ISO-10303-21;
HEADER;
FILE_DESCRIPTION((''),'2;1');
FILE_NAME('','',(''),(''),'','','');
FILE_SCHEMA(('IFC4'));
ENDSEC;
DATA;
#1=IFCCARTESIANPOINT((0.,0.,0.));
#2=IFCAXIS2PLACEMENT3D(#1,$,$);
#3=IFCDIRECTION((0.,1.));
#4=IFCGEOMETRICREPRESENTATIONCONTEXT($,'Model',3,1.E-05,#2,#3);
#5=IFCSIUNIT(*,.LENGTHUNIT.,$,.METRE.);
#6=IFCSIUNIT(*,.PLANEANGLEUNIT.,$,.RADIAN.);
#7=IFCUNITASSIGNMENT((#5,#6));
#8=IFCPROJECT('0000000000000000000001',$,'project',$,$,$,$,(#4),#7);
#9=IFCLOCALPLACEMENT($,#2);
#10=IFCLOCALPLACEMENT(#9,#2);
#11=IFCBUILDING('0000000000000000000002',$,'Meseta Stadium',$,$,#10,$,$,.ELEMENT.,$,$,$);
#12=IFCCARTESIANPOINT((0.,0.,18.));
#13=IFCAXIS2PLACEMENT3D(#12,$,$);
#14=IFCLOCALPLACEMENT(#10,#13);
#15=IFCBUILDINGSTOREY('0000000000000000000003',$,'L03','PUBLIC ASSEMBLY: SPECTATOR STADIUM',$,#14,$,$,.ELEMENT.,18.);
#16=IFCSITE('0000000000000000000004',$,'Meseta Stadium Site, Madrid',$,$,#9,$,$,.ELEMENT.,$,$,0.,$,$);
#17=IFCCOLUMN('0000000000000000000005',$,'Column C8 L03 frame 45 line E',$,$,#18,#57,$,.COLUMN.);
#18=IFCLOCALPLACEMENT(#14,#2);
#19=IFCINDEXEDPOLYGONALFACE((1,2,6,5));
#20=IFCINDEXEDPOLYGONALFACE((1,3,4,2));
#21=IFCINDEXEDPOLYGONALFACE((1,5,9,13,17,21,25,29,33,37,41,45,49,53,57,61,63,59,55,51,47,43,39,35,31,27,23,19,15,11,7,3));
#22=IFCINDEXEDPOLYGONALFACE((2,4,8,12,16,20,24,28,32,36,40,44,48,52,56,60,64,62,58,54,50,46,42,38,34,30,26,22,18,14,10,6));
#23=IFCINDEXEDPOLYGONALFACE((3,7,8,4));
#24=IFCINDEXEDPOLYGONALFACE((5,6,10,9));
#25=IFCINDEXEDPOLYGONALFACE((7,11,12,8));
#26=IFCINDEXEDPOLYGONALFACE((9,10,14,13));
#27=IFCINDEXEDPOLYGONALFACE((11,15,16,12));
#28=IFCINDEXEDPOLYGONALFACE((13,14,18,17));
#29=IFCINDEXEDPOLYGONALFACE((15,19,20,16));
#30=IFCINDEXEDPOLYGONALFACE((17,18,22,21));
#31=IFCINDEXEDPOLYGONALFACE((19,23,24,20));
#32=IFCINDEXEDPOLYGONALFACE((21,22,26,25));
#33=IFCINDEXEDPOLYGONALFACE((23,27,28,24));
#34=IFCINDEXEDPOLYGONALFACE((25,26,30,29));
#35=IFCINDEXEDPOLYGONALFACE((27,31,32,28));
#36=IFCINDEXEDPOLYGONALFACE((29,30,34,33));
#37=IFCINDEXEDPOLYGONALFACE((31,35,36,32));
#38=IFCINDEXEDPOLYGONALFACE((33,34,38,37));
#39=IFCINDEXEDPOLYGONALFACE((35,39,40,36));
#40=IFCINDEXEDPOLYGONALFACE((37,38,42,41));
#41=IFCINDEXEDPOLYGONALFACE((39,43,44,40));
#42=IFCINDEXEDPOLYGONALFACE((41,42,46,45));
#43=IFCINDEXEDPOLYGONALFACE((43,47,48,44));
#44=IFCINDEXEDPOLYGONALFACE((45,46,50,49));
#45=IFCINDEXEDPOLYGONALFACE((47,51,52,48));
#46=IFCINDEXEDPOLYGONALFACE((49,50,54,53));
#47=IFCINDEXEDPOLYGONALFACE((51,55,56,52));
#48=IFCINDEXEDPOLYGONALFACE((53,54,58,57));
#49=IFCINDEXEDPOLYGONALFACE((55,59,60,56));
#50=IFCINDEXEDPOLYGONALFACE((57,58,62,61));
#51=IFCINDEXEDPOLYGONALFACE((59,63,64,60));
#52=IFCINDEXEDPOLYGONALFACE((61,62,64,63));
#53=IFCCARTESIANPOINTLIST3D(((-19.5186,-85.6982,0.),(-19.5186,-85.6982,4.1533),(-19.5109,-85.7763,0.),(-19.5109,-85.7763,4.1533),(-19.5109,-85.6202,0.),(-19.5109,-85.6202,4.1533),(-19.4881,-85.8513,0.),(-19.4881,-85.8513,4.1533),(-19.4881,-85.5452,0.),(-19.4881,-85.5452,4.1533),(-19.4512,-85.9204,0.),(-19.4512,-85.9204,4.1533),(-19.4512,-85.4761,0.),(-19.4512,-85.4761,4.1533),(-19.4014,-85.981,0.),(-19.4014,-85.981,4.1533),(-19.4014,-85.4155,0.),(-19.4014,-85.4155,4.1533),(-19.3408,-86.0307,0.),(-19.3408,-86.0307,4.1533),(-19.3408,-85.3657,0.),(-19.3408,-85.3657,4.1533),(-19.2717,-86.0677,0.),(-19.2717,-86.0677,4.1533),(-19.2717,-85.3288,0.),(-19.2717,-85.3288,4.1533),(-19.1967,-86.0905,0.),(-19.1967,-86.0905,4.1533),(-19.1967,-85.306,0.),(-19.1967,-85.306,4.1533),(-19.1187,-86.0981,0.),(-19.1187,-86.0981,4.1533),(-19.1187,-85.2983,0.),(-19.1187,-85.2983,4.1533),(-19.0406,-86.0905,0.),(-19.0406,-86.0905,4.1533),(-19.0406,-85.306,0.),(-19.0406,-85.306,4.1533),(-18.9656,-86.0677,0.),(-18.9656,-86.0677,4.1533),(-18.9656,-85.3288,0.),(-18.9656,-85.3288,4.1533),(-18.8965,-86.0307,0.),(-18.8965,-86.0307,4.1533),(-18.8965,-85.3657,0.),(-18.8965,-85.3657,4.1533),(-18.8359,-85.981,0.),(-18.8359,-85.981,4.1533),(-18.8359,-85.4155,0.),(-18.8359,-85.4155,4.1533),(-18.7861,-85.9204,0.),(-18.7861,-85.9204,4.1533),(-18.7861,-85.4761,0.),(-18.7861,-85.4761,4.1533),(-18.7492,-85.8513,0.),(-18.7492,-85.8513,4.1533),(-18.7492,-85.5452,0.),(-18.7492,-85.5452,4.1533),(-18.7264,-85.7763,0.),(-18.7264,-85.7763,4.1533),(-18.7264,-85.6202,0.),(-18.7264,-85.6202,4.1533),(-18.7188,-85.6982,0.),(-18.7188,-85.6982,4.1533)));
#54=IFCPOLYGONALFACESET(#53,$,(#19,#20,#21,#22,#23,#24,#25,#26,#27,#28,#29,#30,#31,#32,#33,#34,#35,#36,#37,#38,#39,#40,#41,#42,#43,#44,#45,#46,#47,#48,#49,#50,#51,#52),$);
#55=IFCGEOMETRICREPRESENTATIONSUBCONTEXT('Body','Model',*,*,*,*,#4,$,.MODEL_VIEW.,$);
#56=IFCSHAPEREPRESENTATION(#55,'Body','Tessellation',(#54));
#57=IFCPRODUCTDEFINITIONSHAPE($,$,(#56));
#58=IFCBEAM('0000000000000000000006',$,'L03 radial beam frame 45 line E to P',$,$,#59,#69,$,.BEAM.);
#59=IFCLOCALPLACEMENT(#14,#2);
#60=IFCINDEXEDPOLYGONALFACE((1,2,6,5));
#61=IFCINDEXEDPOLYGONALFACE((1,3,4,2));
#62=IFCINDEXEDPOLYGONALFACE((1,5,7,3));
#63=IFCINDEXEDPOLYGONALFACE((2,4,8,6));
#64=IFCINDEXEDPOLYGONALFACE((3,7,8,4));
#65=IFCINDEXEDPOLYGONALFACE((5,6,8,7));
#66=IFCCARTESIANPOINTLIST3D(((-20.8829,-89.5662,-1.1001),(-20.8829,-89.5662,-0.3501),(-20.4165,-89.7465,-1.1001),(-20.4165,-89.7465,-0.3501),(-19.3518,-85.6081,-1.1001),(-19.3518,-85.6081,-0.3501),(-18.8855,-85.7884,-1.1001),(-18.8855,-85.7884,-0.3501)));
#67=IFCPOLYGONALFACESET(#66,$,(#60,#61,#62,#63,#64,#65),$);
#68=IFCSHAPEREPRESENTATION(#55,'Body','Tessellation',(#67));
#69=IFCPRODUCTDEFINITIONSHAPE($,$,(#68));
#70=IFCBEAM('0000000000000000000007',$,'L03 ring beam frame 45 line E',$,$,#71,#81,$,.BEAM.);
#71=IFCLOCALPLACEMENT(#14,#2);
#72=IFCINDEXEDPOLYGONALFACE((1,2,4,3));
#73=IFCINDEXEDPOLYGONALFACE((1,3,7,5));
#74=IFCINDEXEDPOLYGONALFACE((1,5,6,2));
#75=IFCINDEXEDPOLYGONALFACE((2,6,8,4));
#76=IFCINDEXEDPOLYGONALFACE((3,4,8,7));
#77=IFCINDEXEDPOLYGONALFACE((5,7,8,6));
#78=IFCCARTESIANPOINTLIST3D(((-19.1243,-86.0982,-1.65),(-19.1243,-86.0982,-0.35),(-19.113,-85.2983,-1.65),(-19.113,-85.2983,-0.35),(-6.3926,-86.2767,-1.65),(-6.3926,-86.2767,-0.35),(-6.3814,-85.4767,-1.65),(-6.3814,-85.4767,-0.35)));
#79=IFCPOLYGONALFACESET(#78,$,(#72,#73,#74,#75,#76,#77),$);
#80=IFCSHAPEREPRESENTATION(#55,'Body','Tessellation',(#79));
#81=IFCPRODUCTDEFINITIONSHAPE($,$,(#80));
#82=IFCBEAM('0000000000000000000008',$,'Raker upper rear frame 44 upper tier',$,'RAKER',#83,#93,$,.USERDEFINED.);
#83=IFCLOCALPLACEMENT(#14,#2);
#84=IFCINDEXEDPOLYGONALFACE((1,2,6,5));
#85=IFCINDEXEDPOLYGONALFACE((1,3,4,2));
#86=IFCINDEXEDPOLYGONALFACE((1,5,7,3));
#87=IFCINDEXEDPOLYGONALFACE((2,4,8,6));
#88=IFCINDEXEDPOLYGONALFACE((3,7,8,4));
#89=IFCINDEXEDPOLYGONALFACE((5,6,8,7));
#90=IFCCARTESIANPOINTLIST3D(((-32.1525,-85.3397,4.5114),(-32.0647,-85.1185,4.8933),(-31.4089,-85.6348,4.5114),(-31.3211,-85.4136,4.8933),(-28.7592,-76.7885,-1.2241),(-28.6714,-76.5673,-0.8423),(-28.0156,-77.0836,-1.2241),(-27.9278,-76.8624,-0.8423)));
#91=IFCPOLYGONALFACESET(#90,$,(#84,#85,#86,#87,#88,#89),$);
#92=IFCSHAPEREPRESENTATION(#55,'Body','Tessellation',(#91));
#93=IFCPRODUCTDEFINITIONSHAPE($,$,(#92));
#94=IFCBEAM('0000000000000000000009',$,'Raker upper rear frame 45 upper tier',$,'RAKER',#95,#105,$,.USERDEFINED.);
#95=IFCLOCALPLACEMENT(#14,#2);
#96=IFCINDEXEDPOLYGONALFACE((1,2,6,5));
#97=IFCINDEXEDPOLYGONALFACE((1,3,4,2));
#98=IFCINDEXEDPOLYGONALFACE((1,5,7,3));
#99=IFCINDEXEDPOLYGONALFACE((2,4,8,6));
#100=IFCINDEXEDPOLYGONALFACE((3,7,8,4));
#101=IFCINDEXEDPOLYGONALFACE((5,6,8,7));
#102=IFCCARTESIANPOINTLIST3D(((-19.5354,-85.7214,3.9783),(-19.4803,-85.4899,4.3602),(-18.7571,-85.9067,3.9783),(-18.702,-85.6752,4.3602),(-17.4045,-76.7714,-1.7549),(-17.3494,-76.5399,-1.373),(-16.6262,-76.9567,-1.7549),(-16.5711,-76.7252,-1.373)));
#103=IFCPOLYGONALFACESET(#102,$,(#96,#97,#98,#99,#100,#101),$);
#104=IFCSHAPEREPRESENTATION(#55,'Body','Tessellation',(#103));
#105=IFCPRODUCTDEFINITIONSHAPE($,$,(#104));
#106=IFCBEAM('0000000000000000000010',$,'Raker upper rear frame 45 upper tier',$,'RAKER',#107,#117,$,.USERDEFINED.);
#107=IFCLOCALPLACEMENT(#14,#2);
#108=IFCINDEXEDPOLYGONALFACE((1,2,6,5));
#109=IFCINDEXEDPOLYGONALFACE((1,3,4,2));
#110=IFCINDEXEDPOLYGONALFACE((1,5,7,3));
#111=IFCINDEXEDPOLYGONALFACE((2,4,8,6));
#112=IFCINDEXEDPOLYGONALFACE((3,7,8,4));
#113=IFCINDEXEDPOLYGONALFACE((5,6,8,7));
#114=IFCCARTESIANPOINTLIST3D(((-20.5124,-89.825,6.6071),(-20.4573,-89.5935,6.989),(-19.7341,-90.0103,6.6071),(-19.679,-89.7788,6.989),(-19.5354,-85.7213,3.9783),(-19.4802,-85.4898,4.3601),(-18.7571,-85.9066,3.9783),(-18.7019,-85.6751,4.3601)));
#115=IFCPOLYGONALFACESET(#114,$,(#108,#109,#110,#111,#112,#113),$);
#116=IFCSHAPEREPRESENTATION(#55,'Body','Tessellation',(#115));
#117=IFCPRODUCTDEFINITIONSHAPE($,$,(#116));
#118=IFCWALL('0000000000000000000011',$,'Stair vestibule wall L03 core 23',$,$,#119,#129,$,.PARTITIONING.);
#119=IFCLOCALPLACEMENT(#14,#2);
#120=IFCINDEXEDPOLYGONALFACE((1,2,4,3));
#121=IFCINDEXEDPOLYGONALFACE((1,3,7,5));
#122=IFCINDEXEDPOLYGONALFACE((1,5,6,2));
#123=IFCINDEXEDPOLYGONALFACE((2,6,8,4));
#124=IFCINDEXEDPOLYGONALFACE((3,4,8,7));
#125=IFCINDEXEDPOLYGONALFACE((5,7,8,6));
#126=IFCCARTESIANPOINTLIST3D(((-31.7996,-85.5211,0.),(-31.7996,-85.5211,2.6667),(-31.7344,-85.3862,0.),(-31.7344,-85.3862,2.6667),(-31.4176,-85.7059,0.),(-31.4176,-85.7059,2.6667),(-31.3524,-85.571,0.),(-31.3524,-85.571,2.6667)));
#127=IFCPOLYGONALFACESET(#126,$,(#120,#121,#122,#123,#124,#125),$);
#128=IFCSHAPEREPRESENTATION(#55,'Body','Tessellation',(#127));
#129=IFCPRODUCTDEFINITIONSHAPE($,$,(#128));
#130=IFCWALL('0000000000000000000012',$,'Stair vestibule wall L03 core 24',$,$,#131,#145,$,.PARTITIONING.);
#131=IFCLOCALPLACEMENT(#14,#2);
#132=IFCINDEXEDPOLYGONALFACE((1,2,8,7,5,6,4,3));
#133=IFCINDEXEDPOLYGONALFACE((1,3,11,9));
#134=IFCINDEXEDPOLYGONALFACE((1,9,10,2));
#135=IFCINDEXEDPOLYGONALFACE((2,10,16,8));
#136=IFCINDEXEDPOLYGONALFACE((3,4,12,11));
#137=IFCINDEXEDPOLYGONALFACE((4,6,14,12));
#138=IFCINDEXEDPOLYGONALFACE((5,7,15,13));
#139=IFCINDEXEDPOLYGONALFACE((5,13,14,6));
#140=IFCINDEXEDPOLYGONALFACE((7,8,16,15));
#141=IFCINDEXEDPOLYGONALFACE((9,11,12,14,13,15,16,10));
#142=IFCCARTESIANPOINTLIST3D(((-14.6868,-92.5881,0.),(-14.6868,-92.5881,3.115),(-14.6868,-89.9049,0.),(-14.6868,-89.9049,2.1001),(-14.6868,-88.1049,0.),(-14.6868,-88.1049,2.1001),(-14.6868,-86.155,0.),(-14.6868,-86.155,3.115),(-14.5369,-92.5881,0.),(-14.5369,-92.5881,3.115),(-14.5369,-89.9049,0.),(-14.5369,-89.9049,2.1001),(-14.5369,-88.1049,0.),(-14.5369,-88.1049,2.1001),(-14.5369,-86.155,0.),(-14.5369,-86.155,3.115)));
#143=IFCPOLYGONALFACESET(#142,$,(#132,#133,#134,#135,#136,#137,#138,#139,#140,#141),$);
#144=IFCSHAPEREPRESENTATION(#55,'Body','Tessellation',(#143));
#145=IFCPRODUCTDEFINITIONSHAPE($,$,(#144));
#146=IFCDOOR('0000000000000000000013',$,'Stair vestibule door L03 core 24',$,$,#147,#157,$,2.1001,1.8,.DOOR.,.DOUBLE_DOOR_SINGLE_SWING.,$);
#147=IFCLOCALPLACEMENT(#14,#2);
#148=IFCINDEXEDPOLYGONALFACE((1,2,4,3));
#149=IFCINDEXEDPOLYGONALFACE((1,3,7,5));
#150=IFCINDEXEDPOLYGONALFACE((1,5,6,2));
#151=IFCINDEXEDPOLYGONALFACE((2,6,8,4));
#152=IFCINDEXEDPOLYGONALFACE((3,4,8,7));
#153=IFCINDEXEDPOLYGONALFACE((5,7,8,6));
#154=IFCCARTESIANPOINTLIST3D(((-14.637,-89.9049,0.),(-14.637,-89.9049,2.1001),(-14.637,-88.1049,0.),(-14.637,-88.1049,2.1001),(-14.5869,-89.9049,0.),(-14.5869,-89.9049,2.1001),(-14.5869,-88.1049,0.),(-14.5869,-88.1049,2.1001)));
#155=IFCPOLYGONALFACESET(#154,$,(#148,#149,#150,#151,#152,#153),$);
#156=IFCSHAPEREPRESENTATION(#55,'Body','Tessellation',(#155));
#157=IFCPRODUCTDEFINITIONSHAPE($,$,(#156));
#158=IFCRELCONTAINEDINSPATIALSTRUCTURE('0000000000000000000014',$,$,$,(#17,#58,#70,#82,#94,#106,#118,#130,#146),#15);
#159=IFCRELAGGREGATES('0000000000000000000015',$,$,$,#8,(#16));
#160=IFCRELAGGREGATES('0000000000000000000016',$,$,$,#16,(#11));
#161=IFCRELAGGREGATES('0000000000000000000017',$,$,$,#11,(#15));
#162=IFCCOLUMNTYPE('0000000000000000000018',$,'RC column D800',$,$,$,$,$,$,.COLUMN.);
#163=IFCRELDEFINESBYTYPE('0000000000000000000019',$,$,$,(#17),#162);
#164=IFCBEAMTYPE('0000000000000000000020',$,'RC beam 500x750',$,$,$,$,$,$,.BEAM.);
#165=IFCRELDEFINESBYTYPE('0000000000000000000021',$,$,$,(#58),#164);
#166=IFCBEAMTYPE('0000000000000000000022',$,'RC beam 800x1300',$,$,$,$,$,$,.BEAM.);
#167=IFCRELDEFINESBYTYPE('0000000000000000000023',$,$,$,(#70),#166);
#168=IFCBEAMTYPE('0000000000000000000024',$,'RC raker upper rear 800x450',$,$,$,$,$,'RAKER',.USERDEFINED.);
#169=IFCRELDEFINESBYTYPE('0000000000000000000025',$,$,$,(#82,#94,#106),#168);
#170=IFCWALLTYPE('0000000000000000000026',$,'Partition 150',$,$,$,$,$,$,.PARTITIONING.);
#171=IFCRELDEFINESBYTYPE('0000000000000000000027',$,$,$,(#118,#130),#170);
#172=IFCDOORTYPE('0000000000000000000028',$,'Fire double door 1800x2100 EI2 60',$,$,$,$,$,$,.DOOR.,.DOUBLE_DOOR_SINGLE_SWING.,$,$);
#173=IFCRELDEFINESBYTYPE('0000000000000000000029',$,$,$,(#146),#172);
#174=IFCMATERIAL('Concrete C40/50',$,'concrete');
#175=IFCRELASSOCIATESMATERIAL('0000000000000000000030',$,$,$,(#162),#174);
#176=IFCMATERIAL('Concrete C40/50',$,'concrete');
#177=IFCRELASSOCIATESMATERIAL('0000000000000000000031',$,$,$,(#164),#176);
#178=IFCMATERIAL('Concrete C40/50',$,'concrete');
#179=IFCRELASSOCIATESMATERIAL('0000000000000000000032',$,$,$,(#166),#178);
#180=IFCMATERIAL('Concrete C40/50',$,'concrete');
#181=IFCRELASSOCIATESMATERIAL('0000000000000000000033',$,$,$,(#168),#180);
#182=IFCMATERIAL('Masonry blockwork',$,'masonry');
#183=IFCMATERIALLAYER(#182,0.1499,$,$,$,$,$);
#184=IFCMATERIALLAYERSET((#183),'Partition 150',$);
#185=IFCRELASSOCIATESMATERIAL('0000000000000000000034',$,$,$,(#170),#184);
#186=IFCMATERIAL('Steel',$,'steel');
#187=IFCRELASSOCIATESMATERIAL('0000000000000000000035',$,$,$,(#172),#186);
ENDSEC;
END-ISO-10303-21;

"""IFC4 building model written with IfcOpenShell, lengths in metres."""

from ifc_helpers import new_model, si_unit, direction, frame, frame_2d, origin, origin_2d, place, context, subcontext, project, spatial, rectangle, circle, extrude, material, layer, layer_set, material_profile, profile_set, type_object, element, fill, save


model = new_model("IFC4")

# Units and contexts
model_context = context("Model", 3, precision=1e-05, world=origin(), true_north=direction((0.0, 1.0)))
body_context = subcontext(model_context, "Body", "Model", "MODEL_VIEW")
ifc_project = project(units=[si_unit("LENGTHUNIT", "METRE"), si_unit("PLANEANGLEUNIT", "RADIAN")], contexts=[model_context])

# Site, building, storey
site_placement = place(None, origin())
site = spatial("IfcSite", under=ifc_project, at=site_placement, Name="Meseta Stadium Site, Madrid", CompositionType="ELEMENT", RefElevation=0.0)
building_placement = place(site_placement, origin())
building = spatial("IfcBuilding", under=site, at=building_placement, Name="Meseta Stadium", CompositionType="ELEMENT")
storey_placement = place(building_placement, frame((0.0, 0.0, 18.0)))
storey = spatial("IfcBuildingStorey", under=building, at=storey_placement, Name="L03", Description="PUBLIC ASSEMBLY: SPECTATOR STADIUM", CompositionType="ELEMENT", Elevation=18.0)

# Column
ifc_material_1 = material(Name="Concrete C40/50", Category="concrete")
ifc_material_profile_1 = material_profile(ifc_material_1, circle(Radius=0.3999, at=origin_2d()), Name="RC D800")
ifc_profile_set_1 = profile_set([ifc_material_profile_1], Name="Concrete C40/50")
column_type = type_object("IfcColumnType", Name="RC column D800", PredefinedType="COLUMN", material=ifc_profile_set_1)
column_placement = place(storey_placement, frame((-19.1187, -85.6982, 0.0), z_axis=(0.0, 0.0, 1.0), x_axis=(1.0, 0.0, 0.0)))
element("IfcColumn", 1, at=column_placement, inside=storey, type_object=column_type, Name="Column C8 L03 frame 45 line E", PredefinedType="COLUMN", context=body_context, shape_type="SweptSolid", body=[
    extrude(circle(Radius=0.3999, at=origin_2d()), origin(), (0.0, 0.0, 1.0), 4.1533),
])

# Beams
ifc_material_2 = material(Name="Concrete C40/50", Category="concrete")
ifc_material_profile_2 = material_profile(ifc_material_2, rectangle(XDim=0.5, YDim=0.75, at=origin_2d()), Name="RC 500x750")
ifc_profile_set_2 = profile_set([ifc_material_profile_2], Name="Concrete C40/50")
beam_type_1 = type_object("IfcBeamType", Name="RC beam 500x750", PredefinedType="BEAM", material=ifc_profile_set_2)
beam_1_placement = place(storey_placement, frame((-19.1187, -85.6982, -0.7251), z_axis=(-0.360763, -0.932657, 0.0), x_axis=(0.932657, -0.360763, 0.0)))
element("IfcBeam", 2, at=beam_1_placement, inside=storey, type_object=beam_type_1, Name="L03 radial beam frame 45 line E to P", PredefinedType="BEAM", context=body_context, shape_type="SweptSolid", body=[
    extrude(rectangle(XDim=0.5, YDim=0.75, at=origin_2d()), origin(), (0.0, 0.0, 1.0), 4.2439),
])
ifc_material_3 = material(Name="Concrete C40/50", Category="concrete")
ifc_material_profile_3 = material_profile(ifc_material_3, rectangle(XDim=0.8, YDim=1.3, at=origin_2d()), Name="RC 800x1300")
ifc_profile_set_3 = profile_set([ifc_material_profile_3], Name="Concrete C40/50")
beam_type_2 = type_object("IfcBeamType", Name="RC beam 800x1300", PredefinedType="BEAM", material=ifc_profile_set_3)
beam_2_placement = place(storey_placement, frame((-19.1187, -85.6982, -1.0), z_axis=(0.999902, -0.014016, 0.0), x_axis=(0.014016, 0.999902, 0.0)))
element("IfcBeam", 3, at=beam_2_placement, inside=storey, type_object=beam_type_2, Name="L03 ring beam frame 45 line E", PredefinedType="BEAM", context=body_context, shape_type="SweptSolid", body=[
    extrude(rectangle(XDim=0.8, YDim=1.3, at=origin_2d()), origin(), (0.0, 0.0, 1.0), 12.7329),
])
ifc_material_4 = material(Name="Concrete C40/50", Category="concrete")
ifc_material_profile_4 = material_profile(ifc_material_4, rectangle(XDim=0.8, YDim=0.45, at=origin_2d()), Name="RC 800x450")
ifc_profile_set_4 = profile_set([ifc_material_profile_4], Name="Concrete C40/50")
beam_type_3 = type_object("IfcBeamType", Name="RC raker upper rear 800x450", ElementType="RAKER", PredefinedType="USERDEFINED", material=ifc_profile_set_4)
beam_3_placement = place(storey_placement, frame((-28.3435, -76.8254, -1.0332), z_axis=(-0.312996, -0.788761, 0.529046), x_axis=(0.929493, -0.368841, 0.0)))
element("IfcBeam", 4, at=beam_3_placement, inside=storey, type_object=beam_type_3, Name="Raker upper rear frame 44 upper tier", ObjectType="RAKER", PredefinedType="USERDEFINED", context=body_context, shape_type="SweptSolid", body=[
    extrude(rectangle(XDim=0.8, YDim=0.45, at=origin_2d()), origin(), (0.0, 0.0, 1.0), 10.8413),
])
beam_4_placement = place(storey_placement, frame((-16.9878, -76.7483, -1.564), z_axis=(-0.196569, -0.825621, 0.528876), x_axis=(0.972808, -0.231612, 0.0)))
element("IfcBeam", 5, at=beam_4_placement, inside=storey, type_object=beam_type_3, Name="Raker upper rear frame 45 upper tier", ObjectType="RAKER", PredefinedType="USERDEFINED", context=body_context, shape_type="SweptSolid", body=[
    extrude(rectangle(XDim=0.8, YDim=0.45, at=origin_2d()), origin(), (0.0, 0.0, 1.0), 10.8403),
])
beam_5_placement = place(storey_placement, frame((-19.1187, -85.6982, 4.1692), z_axis=(-0.196567, -0.825611, 0.528894), x_axis=(0.972808, -0.231613, 0.0)))
element("IfcBeam", 6, at=beam_5_placement, inside=storey, type_object=beam_type_3, Name="Raker upper rear frame 45 upper tier", ObjectType="RAKER", PredefinedType="USERDEFINED", context=body_context, shape_type="SweptSolid", body=[
    extrude(rectangle(XDim=0.8, YDim=0.45, at=origin_2d()), origin(), (0.0, 0.0, 1.0), 4.9705),
])

# Wall
ifc_material_5 = material(Name="Masonry blockwork", Category="masonry")
ifc_layer_1 = layer(ifc_material_5, 0.1499)
ifc_layer_set_1 = layer_set([ifc_layer_1], Name="Partition 150")
wall_type = type_object("IfcWallType", Name="Partition 150", PredefinedType="PARTITIONING", material=ifc_layer_set_1)
wall_1_placement = place(storey_placement, frame((-31.385, -85.6384, 0.0), z_axis=(0.0, 0.0, 1.0), x_axis=(-0.900217, 0.435441, 0.0)))
element("IfcWall", 7, at=wall_1_placement, inside=storey, type_object=wall_type, Name="Stair vestibule wall L03 core 23", PredefinedType="PARTITIONING", context=body_context, shape_type="SweptSolid", body=[
    extrude(rectangle(XDim=0.4243, YDim=0.1499, at=frame_2d((0.2122, 0.0))), origin(), (0.0, 0.0, 1.0), 2.6667),
])

# Wall, opening, door
wall_2_placement = place(storey_placement, frame((-14.6118, -86.155, 0.0), z_axis=(0.0, 0.0, 1.0), x_axis=(0.0, -1.0, 0.0)))
wall_2 = element("IfcWall", 8, at=wall_2_placement, inside=storey, type_object=wall_type, Name="Stair vestibule wall L03 core 24", PredefinedType="PARTITIONING", context=body_context, shape_type="SweptSolid", body=[
    extrude(rectangle(XDim=6.4331, YDim=0.1499, at=frame_2d((3.2166, 0.0))), origin(), (0.0, 0.0, 1.0), 3.115),
])
opening_placement = place(wall_2_placement, frame((1.95, 0.0, 0.0)))
opening = element("IfcOpeningElement", 9, at=opening_placement, cuts=wall_2, PredefinedType="OPENING", context=body_context, shape_type="SweptSolid", body=[
    extrude(rectangle(XDim=1.8, YDim=2.1001, at=frame_2d((0.8999, 1.05))), frame((0.0, 0.085, 0.0), z_axis=(0.0, -1.0, 0.0), x_axis=(1.0, 0.0, 0.0)), (0.0, 0.0, 1.0), 0.1699),
])
ifc_material_6 = material(Name="Steel", Category="steel")
door_type = type_object("IfcDoorType", Name="Fire double door 1800x2100 EI2 60", OperationType="DOUBLE_DOOR_SINGLE_SWING", PredefinedType="DOOR", material=ifc_material_6)
door_placement = place(opening_placement, origin())
door = element("IfcDoor", 10, at=door_placement, inside=storey, type_object=door_type, Name="Stair vestibule door L03 core 24", OperationType="DOUBLE_DOOR_SINGLE_SWING", OverallHeight=2.1001, OverallWidth=1.8, PredefinedType="DOOR", context=body_context, shape_type="SweptSolid", body=[
    extrude(rectangle(XDim=1.8, YDim=2.1001, at=frame_2d((0.8999, 1.05))), frame((0.0, 0.0249, 0.0), z_axis=(0.0, -1.0, 0.0), x_axis=(1.0, 0.0, 0.0)), (0.0, 0.0, 1.0), 0.05),
])
fill(opening, door)

save(model, "model.ifc")
